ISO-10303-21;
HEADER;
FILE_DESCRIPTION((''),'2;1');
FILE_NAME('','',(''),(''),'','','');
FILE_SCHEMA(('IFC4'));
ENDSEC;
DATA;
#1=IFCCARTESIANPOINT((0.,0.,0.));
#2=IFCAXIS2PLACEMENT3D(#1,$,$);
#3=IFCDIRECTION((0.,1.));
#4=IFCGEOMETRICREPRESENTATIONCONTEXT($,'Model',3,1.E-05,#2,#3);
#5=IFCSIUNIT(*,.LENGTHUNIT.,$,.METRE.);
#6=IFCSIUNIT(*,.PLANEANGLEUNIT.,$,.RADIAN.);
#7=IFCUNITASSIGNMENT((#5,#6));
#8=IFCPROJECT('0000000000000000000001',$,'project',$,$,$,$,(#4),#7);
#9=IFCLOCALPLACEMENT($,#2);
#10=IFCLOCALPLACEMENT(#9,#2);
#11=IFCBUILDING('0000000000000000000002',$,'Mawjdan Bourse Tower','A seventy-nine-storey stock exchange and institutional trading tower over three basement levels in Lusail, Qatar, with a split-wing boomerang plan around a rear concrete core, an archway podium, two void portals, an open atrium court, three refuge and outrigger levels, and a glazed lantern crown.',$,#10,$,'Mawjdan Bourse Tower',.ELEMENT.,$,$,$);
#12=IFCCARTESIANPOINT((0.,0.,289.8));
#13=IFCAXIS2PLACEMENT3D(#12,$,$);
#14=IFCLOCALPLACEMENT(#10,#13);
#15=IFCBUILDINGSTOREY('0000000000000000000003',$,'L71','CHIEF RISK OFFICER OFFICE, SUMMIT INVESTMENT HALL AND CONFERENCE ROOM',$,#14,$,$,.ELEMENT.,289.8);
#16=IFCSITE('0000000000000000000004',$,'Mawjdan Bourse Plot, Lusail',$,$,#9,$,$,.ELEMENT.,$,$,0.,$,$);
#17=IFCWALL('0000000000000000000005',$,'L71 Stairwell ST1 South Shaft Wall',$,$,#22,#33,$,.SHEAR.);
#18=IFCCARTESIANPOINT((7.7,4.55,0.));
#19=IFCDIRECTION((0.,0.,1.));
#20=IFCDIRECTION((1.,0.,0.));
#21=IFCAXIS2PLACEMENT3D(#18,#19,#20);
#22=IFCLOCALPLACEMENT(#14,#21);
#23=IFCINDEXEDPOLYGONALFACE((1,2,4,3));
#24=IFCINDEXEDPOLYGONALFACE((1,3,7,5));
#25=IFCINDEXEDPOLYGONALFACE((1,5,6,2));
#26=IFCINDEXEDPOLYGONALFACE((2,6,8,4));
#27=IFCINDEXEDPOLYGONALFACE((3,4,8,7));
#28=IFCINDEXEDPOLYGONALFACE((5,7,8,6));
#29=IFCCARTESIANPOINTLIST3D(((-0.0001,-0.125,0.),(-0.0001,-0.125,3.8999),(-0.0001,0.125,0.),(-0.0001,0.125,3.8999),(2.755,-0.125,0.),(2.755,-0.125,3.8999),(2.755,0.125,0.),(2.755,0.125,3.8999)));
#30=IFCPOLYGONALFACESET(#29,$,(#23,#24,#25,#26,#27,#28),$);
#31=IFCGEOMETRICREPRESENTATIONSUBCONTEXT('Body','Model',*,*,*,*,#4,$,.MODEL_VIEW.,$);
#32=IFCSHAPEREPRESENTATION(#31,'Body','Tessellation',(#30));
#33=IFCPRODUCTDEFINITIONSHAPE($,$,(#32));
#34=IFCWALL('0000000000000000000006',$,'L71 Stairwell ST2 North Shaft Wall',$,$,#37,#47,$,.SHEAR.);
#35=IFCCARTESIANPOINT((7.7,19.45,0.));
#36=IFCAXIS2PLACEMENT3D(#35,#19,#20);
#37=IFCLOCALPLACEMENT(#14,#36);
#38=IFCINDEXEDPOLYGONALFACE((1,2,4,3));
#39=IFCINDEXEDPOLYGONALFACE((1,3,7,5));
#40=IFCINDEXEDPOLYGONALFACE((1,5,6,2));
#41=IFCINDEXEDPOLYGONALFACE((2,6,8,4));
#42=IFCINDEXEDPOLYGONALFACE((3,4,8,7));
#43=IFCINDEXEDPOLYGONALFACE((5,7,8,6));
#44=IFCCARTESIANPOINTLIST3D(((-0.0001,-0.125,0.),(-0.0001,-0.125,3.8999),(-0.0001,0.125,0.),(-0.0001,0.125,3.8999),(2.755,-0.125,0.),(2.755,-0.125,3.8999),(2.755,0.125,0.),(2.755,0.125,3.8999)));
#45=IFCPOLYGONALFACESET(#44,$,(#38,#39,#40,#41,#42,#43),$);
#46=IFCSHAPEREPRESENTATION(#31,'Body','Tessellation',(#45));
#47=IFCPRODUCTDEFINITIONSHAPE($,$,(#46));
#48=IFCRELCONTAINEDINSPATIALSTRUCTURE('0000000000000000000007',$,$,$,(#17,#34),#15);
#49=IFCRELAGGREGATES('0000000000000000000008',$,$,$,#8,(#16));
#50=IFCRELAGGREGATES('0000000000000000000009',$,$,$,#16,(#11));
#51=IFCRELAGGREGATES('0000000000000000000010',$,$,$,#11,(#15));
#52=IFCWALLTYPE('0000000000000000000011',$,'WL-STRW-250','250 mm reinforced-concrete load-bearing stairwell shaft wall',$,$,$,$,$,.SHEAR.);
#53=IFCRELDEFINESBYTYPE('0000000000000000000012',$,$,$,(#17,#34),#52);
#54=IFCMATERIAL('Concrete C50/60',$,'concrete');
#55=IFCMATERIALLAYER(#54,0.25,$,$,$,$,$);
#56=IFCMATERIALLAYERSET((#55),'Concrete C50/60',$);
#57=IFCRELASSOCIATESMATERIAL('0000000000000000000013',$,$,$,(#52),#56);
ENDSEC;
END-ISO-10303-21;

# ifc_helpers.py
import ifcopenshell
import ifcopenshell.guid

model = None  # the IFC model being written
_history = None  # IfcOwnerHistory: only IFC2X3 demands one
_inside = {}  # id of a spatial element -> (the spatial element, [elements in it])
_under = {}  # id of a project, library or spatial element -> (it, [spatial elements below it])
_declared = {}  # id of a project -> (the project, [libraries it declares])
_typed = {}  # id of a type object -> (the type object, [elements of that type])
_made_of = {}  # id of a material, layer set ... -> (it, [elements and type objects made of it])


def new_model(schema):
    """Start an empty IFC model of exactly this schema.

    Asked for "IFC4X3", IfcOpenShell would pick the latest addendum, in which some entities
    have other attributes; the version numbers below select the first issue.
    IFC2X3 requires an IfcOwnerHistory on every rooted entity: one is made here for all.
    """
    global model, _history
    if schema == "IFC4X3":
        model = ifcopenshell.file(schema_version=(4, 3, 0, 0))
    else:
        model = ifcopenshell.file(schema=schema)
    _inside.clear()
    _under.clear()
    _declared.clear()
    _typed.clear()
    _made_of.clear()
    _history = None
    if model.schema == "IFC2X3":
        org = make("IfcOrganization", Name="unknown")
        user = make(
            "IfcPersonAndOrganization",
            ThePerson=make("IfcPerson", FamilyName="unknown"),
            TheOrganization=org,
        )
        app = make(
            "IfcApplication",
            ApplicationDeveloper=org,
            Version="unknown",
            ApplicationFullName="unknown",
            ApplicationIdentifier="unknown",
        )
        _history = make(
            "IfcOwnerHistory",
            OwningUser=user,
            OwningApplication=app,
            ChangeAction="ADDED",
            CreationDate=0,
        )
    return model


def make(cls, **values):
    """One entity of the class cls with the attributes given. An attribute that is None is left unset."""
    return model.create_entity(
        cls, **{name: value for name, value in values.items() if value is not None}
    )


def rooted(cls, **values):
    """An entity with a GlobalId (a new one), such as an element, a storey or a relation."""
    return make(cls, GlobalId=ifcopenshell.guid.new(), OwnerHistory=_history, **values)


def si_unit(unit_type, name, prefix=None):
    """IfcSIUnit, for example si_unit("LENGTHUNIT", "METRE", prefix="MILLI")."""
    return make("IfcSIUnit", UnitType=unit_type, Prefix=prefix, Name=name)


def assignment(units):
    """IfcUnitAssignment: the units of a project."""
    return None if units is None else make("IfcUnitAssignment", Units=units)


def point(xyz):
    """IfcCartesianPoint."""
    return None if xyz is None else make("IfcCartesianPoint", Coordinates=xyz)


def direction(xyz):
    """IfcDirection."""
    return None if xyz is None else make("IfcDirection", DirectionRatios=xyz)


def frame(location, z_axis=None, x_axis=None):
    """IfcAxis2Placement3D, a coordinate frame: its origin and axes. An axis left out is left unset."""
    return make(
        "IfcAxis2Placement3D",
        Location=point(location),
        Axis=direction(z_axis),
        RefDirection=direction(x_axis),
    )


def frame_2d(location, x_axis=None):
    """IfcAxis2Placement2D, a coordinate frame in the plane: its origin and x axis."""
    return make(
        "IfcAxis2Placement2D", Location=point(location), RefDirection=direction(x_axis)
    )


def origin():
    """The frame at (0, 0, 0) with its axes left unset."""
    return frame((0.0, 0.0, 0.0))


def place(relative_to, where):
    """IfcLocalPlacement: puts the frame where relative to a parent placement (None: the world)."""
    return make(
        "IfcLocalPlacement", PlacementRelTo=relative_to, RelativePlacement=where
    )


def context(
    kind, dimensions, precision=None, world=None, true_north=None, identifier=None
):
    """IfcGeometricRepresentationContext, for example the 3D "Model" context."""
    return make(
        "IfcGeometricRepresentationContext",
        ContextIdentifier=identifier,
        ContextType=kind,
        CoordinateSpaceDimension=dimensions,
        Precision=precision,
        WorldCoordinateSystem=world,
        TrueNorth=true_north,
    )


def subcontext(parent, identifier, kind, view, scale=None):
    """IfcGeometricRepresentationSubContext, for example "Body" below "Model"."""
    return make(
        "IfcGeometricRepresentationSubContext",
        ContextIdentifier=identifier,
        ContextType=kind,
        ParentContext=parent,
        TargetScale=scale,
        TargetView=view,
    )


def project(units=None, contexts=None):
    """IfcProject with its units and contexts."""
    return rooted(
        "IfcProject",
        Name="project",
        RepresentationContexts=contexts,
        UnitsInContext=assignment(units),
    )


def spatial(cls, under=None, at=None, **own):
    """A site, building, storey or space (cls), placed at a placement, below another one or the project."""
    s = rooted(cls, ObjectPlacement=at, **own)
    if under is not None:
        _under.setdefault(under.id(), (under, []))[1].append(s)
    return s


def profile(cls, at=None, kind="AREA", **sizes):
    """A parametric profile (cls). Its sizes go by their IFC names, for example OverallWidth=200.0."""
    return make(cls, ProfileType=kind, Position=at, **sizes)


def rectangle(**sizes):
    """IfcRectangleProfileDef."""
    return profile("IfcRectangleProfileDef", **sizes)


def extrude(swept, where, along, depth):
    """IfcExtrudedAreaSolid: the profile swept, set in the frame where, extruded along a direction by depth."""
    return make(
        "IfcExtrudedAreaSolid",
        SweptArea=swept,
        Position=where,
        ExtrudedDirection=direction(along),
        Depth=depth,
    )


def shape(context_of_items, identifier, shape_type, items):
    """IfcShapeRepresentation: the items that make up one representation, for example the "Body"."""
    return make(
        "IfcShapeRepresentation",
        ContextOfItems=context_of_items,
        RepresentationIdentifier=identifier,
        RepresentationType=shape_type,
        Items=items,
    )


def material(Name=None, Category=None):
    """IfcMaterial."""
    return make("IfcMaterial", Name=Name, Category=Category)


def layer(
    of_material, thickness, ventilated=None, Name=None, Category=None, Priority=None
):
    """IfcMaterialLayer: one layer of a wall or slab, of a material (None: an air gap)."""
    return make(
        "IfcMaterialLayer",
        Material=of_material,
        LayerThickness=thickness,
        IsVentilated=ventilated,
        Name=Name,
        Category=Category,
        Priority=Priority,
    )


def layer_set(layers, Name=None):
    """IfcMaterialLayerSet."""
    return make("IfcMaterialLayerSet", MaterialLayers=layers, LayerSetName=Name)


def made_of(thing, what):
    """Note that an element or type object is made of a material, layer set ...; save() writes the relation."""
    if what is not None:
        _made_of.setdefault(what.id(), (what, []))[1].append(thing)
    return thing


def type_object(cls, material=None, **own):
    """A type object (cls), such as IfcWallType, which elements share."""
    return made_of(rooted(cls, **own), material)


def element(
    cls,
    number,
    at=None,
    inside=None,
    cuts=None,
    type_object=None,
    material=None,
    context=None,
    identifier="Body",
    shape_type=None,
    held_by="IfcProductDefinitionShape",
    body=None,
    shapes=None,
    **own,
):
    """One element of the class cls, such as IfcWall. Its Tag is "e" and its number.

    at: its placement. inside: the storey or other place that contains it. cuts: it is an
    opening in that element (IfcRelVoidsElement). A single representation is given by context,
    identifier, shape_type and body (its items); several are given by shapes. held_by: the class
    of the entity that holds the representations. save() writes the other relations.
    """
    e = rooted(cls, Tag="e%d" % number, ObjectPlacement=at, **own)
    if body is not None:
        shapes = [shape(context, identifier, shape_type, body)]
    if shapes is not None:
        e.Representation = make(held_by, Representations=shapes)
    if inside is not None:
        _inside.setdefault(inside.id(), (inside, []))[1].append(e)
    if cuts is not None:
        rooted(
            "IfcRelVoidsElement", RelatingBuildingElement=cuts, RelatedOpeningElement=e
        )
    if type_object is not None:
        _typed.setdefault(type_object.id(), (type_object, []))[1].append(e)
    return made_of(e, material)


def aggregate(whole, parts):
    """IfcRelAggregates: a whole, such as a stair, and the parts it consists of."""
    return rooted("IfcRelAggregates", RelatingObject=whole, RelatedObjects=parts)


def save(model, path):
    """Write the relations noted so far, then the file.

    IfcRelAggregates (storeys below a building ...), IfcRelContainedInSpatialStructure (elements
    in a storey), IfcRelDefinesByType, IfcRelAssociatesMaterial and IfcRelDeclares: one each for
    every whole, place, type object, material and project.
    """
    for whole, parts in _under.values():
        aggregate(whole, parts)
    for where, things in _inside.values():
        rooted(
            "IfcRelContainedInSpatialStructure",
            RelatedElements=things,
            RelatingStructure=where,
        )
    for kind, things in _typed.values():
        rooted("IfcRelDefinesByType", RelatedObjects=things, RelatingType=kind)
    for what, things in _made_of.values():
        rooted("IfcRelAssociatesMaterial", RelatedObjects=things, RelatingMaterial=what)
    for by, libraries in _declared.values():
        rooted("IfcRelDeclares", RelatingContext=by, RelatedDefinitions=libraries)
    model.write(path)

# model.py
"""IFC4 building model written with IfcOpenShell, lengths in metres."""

from ifc_helpers import new_model, si_unit, direction, frame, frame_2d, origin, place, context, subcontext, project, spatial, rectangle, extrude, material, layer, layer_set, type_object, element, save


model = new_model("IFC4")

# Units and contexts
model_context = context("Model", 3, precision=1e-05, world=origin(), true_north=direction((0.0, 1.0)))
body_context = subcontext(model_context, "Body", "Model", "MODEL_VIEW")
ifc_project = project(units=[si_unit("LENGTHUNIT", "METRE"), si_unit("PLANEANGLEUNIT", "RADIAN")], contexts=[model_context])

# Site, building, storey
site_placement = place(None, origin())
site = spatial("IfcSite", under=ifc_project, at=site_placement, Name="Mawjdan Bourse Plot, Lusail", CompositionType="ELEMENT", RefElevation=0.0)
building_placement = place(site_placement, origin())
building = spatial("IfcBuilding", under=site, at=building_placement, Name="Mawjdan Bourse Tower", Description="A seventy-nine-storey stock exchange and institutional trading tower over three basement levels in Lusail, Qatar, with a split-wing boomerang plan around a rear concrete core, an archway podium, two void portals, an open atrium court, three refuge and outrigger levels, and a glazed lantern crown.", LongName="Mawjdan Bourse Tower", CompositionType="ELEMENT")
storey_placement = place(building_placement, frame((0.0, 0.0, 289.8)))
storey = spatial("IfcBuildingStorey", under=building, at=storey_placement, Name="L71", Description="CHIEF RISK OFFICER OFFICE, SUMMIT INVESTMENT HALL AND CONFERENCE ROOM", CompositionType="ELEMENT", Elevation=289.8)

# Shared definitions
ifc_material_1 = material(Name="Concrete C50/60", Category="concrete")

# Walls
ifc_layer_1 = layer(ifc_material_1, 0.25)
ifc_layer_set_1 = layer_set([ifc_layer_1], Name="Concrete C50/60")
wall_type_1 = type_object("IfcWallType", Name="WL-STRW-250", Description="250 mm reinforced-concrete load-bearing stairwell shaft wall", PredefinedType="SHEAR", material=ifc_layer_set_1)
for number, where, z_axis, x_axis, name in (
    (1, (7.7, 4.55, 0.0), (0.0, 0.0, 1.0), (1.0, 0.0, 0.0), "L71 Stairwell ST1 South Shaft Wall"),
    (2, (7.7, 19.45, 0.0), (0.0, 0.0, 1.0), (1.0, 0.0, 0.0), "L71 Stairwell ST2 North Shaft Wall"),
):
    element("IfcWall", number, at=place(storey_placement, frame(where, z_axis=z_axis, x_axis=x_axis)), inside=storey, type_object=wall_type_1, Name=name, PredefinedType="SHEAR", context=body_context, shape_type="SweptSolid", body=[
        extrude(rectangle(XDim=2.7551, YDim=0.25, at=frame_2d((1.3774, 0.0))), origin(), (0.0, 0.0, 1.0), 3.8999),
    ])

save(model, "model.ifc")
